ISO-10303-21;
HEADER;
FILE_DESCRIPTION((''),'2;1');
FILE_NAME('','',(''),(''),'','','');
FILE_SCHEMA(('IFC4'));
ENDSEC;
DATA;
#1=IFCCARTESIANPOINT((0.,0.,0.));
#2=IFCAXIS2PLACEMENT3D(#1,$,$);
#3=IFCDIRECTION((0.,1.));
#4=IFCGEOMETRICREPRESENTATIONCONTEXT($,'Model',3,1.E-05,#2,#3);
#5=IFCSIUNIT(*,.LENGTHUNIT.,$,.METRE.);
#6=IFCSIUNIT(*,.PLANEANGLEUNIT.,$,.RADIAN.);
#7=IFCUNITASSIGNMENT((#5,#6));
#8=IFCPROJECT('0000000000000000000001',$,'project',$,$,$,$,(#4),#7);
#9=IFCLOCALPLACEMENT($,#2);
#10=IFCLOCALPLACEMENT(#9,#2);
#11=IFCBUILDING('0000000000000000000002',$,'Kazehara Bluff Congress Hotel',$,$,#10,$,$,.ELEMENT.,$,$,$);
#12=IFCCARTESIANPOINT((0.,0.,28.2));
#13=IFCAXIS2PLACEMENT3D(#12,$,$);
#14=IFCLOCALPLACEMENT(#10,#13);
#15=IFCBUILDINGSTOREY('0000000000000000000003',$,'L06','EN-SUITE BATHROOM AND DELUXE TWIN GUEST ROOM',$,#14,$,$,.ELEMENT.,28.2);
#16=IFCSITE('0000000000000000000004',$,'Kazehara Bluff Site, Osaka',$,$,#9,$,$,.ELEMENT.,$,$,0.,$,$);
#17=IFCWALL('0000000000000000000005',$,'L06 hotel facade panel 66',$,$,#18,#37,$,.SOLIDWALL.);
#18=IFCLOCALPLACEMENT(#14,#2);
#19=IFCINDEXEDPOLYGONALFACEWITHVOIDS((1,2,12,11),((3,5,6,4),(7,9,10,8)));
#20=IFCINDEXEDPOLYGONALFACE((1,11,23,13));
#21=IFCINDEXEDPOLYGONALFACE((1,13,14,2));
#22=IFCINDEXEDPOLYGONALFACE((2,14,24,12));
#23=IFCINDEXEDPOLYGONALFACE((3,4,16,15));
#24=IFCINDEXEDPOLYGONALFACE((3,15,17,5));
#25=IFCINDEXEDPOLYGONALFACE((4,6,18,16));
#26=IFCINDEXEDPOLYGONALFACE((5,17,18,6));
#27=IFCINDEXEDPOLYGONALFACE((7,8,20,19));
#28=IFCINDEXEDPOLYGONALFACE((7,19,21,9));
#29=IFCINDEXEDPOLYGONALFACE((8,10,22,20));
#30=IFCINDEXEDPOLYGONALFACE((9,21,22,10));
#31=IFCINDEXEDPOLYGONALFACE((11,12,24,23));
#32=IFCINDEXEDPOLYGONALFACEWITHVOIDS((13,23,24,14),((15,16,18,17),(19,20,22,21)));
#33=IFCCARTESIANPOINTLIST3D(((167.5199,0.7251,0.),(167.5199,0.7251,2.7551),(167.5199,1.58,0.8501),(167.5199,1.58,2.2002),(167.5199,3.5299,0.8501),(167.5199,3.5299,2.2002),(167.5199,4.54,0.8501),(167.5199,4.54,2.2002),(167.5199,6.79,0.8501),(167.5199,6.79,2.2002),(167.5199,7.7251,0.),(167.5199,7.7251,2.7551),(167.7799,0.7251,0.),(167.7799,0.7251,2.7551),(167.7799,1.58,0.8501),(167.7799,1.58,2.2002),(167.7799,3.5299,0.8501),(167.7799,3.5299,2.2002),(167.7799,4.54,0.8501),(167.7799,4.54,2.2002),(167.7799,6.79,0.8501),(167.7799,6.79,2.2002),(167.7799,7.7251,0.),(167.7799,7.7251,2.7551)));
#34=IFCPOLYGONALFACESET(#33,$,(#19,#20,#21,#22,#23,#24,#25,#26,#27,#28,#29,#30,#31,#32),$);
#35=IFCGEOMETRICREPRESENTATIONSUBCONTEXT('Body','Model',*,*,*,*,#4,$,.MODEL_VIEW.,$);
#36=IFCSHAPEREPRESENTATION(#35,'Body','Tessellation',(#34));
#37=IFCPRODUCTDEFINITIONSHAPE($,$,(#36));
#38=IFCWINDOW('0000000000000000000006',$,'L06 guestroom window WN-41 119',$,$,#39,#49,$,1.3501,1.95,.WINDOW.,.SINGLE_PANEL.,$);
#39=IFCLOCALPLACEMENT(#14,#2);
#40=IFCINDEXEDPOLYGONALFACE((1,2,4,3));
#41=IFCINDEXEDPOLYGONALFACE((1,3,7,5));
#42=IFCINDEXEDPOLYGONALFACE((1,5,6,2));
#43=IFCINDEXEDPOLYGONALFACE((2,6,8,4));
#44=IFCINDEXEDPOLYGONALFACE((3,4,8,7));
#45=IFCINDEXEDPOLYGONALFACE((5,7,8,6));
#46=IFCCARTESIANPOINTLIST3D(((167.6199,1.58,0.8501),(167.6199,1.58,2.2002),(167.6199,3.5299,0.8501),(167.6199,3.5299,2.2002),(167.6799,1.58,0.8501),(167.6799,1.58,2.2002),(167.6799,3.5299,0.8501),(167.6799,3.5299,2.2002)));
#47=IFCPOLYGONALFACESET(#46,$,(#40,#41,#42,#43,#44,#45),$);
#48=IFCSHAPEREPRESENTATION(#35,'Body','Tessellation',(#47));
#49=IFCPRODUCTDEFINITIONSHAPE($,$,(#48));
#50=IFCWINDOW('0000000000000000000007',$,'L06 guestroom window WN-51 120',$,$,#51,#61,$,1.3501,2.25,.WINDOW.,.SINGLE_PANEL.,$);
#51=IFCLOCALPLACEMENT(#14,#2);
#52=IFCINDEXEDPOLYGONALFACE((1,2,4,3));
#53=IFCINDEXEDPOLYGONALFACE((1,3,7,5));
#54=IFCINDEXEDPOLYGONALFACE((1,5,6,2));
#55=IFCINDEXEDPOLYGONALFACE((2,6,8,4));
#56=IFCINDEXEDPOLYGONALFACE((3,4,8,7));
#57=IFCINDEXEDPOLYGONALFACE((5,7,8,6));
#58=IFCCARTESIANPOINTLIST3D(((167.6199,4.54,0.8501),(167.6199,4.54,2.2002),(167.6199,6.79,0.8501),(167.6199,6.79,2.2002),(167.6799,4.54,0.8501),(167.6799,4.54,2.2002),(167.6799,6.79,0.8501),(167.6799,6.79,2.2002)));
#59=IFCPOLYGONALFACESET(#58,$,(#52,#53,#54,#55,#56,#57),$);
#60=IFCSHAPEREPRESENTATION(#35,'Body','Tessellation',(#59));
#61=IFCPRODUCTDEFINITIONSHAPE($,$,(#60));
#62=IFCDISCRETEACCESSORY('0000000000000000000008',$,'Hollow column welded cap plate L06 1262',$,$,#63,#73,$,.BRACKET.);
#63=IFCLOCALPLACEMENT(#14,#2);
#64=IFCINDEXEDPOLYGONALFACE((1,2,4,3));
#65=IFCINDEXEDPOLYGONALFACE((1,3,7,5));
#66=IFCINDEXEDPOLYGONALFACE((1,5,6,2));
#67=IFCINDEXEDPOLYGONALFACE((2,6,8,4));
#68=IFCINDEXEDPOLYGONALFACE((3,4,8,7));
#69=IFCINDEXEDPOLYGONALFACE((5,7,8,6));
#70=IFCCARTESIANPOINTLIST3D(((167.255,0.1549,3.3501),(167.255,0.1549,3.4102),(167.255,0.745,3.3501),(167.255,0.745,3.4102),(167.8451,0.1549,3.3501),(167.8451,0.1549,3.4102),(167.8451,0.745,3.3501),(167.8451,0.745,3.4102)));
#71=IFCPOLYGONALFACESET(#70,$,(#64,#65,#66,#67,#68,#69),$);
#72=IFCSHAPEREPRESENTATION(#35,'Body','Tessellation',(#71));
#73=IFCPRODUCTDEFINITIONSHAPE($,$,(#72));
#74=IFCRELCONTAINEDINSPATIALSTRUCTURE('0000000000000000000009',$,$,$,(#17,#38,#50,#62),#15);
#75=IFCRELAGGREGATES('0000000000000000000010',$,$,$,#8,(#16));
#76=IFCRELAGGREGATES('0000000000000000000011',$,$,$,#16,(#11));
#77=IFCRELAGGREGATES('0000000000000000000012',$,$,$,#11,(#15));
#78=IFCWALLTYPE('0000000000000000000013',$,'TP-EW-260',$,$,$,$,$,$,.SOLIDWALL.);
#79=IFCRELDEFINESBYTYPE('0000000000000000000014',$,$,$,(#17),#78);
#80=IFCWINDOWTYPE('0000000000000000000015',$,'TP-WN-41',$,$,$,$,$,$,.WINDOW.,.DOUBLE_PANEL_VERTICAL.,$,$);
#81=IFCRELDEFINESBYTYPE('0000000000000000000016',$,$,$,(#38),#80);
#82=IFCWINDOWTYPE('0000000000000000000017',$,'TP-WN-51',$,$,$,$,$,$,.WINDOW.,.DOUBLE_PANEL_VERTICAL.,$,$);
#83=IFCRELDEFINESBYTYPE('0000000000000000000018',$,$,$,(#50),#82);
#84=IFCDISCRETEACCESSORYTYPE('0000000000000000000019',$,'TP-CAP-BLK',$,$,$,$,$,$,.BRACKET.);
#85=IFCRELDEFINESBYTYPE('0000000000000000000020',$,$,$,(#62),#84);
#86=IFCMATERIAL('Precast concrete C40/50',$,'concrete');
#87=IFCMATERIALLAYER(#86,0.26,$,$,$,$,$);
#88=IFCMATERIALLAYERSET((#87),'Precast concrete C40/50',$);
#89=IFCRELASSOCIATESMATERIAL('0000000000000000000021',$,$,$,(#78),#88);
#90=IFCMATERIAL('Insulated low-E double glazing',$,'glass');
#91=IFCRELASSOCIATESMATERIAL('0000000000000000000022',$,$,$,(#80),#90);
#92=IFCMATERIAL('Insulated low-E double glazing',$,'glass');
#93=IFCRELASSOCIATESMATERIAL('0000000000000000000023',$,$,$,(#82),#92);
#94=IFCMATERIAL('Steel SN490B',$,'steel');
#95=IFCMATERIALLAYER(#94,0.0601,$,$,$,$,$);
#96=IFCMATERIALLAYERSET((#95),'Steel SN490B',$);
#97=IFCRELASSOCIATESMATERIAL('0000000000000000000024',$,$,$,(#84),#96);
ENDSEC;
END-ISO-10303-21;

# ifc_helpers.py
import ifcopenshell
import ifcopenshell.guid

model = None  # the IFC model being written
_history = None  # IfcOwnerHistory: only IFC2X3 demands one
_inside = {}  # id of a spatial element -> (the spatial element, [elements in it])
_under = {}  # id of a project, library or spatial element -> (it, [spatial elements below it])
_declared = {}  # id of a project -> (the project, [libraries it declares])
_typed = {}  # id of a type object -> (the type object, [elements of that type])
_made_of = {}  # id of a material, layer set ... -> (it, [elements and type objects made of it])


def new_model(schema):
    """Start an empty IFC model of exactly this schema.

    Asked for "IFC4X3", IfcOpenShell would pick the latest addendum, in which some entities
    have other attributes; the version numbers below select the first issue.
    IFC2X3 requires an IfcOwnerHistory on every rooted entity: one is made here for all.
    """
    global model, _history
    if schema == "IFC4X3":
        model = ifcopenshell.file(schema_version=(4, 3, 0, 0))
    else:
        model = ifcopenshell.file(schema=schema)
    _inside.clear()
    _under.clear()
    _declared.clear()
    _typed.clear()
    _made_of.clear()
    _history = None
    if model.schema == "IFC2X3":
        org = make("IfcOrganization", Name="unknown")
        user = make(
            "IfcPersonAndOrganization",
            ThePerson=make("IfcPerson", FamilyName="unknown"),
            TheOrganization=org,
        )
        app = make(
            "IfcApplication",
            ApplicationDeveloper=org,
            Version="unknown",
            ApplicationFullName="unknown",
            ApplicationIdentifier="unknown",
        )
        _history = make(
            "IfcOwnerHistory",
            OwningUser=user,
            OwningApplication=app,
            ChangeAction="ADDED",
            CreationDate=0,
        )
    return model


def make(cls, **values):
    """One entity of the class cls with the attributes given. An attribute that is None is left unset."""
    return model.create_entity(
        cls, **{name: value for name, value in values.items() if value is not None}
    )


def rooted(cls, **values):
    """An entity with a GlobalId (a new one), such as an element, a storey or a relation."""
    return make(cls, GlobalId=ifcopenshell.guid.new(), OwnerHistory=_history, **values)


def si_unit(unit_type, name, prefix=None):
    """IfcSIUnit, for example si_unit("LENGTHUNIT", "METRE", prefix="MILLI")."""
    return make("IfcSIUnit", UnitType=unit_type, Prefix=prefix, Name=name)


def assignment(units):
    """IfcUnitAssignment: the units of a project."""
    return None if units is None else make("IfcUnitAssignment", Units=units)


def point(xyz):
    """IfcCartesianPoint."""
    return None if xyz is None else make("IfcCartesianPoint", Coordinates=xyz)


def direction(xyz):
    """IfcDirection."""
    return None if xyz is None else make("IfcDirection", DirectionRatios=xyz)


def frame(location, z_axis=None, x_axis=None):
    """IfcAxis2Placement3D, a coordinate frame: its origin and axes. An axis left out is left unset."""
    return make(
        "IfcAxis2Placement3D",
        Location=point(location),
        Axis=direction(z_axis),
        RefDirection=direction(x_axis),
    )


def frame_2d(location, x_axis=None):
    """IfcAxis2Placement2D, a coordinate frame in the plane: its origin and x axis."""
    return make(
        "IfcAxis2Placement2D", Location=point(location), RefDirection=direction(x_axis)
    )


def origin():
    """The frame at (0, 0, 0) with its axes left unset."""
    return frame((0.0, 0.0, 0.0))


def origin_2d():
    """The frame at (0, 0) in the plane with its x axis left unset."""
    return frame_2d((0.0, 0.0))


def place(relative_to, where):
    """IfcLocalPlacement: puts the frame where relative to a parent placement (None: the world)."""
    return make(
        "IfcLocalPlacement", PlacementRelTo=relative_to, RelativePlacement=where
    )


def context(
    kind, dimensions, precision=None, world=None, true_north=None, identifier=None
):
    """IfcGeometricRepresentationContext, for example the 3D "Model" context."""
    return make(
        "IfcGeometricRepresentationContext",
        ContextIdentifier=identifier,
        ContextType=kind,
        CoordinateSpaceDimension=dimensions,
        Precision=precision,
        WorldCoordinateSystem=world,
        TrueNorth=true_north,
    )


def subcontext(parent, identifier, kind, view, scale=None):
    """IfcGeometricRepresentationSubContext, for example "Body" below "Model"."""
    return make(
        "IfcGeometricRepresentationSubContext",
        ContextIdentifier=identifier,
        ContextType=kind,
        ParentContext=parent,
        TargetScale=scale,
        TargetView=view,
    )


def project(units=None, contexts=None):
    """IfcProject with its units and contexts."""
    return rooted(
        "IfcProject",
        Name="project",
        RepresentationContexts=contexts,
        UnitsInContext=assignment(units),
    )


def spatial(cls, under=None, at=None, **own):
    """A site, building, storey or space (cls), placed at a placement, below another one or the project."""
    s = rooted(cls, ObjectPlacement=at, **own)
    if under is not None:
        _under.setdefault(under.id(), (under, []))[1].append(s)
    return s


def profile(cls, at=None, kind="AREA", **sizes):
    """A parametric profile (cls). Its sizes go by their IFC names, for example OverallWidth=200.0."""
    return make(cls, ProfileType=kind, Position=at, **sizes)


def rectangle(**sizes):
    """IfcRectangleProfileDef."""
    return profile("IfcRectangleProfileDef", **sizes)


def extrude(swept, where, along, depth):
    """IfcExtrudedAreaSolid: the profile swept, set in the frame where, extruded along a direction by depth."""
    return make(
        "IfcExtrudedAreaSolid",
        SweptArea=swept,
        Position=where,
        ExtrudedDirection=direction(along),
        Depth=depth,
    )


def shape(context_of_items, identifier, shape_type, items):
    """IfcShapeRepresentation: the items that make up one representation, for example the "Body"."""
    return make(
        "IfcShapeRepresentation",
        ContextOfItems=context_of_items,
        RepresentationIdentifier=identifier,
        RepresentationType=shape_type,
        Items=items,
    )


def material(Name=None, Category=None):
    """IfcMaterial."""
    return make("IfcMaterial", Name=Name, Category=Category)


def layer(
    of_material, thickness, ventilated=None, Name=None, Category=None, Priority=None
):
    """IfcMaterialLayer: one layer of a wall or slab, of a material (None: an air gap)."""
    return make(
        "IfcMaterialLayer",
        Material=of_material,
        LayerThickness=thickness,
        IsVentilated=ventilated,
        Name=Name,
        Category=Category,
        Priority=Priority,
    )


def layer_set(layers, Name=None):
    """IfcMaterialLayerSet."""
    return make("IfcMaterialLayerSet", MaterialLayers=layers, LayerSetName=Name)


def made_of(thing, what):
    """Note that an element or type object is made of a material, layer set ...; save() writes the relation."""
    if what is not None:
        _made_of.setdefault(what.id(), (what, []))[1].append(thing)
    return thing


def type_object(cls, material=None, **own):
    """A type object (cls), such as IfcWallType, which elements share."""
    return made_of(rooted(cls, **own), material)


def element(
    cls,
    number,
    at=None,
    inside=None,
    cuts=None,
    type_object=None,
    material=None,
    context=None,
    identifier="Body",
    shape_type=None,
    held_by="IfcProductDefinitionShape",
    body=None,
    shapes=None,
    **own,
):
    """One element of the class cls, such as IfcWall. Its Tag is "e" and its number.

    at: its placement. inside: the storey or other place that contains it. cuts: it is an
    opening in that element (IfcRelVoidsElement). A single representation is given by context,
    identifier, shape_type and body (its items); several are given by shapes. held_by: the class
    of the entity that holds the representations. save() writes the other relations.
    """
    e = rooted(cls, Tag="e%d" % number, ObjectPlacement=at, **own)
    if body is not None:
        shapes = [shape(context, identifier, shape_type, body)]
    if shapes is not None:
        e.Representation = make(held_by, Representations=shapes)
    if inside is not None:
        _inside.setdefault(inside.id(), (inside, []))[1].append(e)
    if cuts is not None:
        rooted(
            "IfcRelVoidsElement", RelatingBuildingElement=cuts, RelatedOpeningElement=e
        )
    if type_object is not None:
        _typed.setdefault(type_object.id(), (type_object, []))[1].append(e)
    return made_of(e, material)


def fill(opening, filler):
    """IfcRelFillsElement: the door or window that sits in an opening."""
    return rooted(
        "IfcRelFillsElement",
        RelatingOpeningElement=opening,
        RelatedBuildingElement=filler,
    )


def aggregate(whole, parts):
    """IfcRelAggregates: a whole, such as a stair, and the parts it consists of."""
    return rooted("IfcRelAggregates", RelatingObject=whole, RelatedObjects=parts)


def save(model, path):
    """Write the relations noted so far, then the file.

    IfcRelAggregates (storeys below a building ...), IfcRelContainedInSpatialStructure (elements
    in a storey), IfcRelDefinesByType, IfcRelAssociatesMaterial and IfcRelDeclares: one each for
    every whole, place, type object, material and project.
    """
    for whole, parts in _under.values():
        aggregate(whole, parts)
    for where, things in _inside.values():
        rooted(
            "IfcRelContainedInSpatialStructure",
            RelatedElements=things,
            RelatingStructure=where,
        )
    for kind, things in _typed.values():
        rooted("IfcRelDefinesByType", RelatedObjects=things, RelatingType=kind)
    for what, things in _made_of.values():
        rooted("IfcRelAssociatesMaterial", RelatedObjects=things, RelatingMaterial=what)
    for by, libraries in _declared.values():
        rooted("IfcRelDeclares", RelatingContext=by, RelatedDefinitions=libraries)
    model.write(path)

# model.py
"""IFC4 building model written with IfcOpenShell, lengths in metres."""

from ifc_helpers import new_model, si_unit, direction, frame, frame_2d, origin, origin_2d, place, context, subcontext, project, spatial, rectangle, extrude, material, layer, layer_set, type_object, element, fill, save


model = new_model("IFC4")

# Units and contexts
model_context = context("Model", 3, precision=1e-05, world=origin(), true_north=direction((0.0, 1.0)))
body_context = subcontext(model_context, "Body", "Model", "MODEL_VIEW")
ifc_project = project(units=[si_unit("LENGTHUNIT", "METRE"), si_unit("PLANEANGLEUNIT", "RADIAN")], contexts=[model_context])

# Site, building, storey
site_placement = place(None, origin())
site = spatial("IfcSite", under=ifc_project, at=site_placement, Name="Kazehara Bluff Site, Osaka", CompositionType="ELEMENT", RefElevation=0.0)
building_placement = place(site_placement, origin())
building = spatial("IfcBuilding", under=site, at=building_placement, Name="Kazehara Bluff Congress Hotel", CompositionType="ELEMENT")
storey_placement = place(building_placement, frame((0.0, 0.0, 28.2)))
storey = spatial("IfcBuildingStorey", under=building, at=storey_placement, Name="L06", Description="EN-SUITE BATHROOM AND DELUXE TWIN GUEST ROOM", CompositionType="ELEMENT", Elevation=28.2)

# Wall, openings, windows
ifc_material_1 = material(Name="Precast concrete C40/50", Category="concrete")
ifc_layer_1 = layer(ifc_material_1, 0.26)
ifc_layer_set_1 = layer_set([ifc_layer_1], Name="Precast concrete C40/50")
wall_type = type_object("IfcWallType", Name="TP-EW-260", PredefinedType="SOLIDWALL", material=ifc_layer_set_1)
wall_placement = place(storey_placement, frame((167.6499, 7.7251, 0.0), z_axis=(0.0, 0.0, 1.0), x_axis=(0.0, -1.0, 0.0)))
wall = element("IfcWall", 1, at=wall_placement, inside=storey, type_object=wall_type, Name="L06 hotel facade panel 66", PredefinedType="SOLIDWALL", context=body_context, shape_type="SweptSolid", body=[
    extrude(rectangle(XDim=7.0, YDim=0.26, at=frame_2d((3.5, 0.0))), origin(), (0.0, 0.0, 1.0), 2.7551),
])
opening_1_placement = place(wall_placement, frame((4.1951, 0.0, 0.8501)))
opening_1 = element("IfcOpeningElement", 2, at=opening_1_placement, cuts=wall, PredefinedType="OPENING", context=body_context, shape_type="SweptSolid", body=[
    extrude(rectangle(XDim=1.95, YDim=1.3501, at=frame_2d((0.9751, 0.675))), frame((0.0, 0.1399, 0.0), z_axis=(0.0, -1.0, 0.0), x_axis=(1.0, 0.0, 0.0)), (0.0, 0.0, 1.0), 0.28),
])
opening_2_placement = place(wall_placement, frame((0.9351, 0.0, 0.8501)))
opening_2 = element("IfcOpeningElement", 3, at=opening_2_placement, cuts=wall, PredefinedType="OPENING", context=body_context, shape_type="SweptSolid", body=[
    extrude(rectangle(XDim=2.25, YDim=1.3501, at=frame_2d((1.125, 0.675))), frame((0.0, 0.1399, 0.0), z_axis=(0.0, -1.0, 0.0), x_axis=(1.0, 0.0, 0.0)), (0.0, 0.0, 1.0), 0.28),
])
ifc_material_2 = material(Name="Insulated low-E double glazing", Category="glass")
window_type_1 = type_object("IfcWindowType", Name="TP-WN-41", PartitioningType="DOUBLE_PANEL_VERTICAL", PredefinedType="WINDOW", material=ifc_material_2)
window_1_placement = place(opening_1_placement, origin())
window_1 = element("IfcWindow", 4, at=window_1_placement, inside=storey, type_object=window_type_1, Name="L06 guestroom window WN-41 119", OverallHeight=1.3501, OverallWidth=1.95, PartitioningType="SINGLE_PANEL", PredefinedType="WINDOW", context=body_context, shape_type="SweptSolid", body=[
    extrude(rectangle(XDim=1.95, YDim=1.3501, at=frame_2d((0.9751, 0.675))), frame((0.0, 0.03, 0.0), z_axis=(0.0, -1.0, 0.0), x_axis=(1.0, 0.0, 0.0)), (0.0, 0.0, 1.0), 0.0601),
])
fill(opening_1, window_1)
ifc_material_3 = material(Name="Insulated low-E double glazing", Category="glass")
window_type_2 = type_object("IfcWindowType", Name="TP-WN-51", PartitioningType="DOUBLE_PANEL_VERTICAL", PredefinedType="WINDOW", material=ifc_material_3)
window_2_placement = place(opening_2_placement, origin())
window_2 = element("IfcWindow", 5, at=window_2_placement, inside=storey, type_object=window_type_2, Name="L06 guestroom window WN-51 120", OverallHeight=1.3501, OverallWidth=2.25, PartitioningType="SINGLE_PANEL", PredefinedType="WINDOW", context=body_context, shape_type="SweptSolid", body=[
    extrude(rectangle(XDim=2.25, YDim=1.3501, at=frame_2d((1.125, 0.675))), frame((0.0, 0.03, 0.0), z_axis=(0.0, -1.0, 0.0), x_axis=(1.0, 0.0, 0.0)), (0.0, 0.0, 1.0), 0.0601),
])
fill(opening_2, window_2)

# Discrete accessory
ifc_material_4 = material(Name="Steel SN490B", Category="steel")
ifc_layer_2 = layer(ifc_material_4, 0.0601)
ifc_layer_set_2 = layer_set([ifc_layer_2], Name="Steel SN490B")
discrete_accessory_type = type_object("IfcDiscreteAccessoryType", Name="TP-CAP-BLK", PredefinedType="BRACKET", material=ifc_layer_set_2)
discrete_accessory_placement = place(storey_placement, frame((167.55, 0.45, 3.3501), z_axis=(0.0, 0.0, 1.0), x_axis=(1.0, 0.0, 0.0)))
element("IfcDiscreteAccessory", 6, at=discrete_accessory_placement, inside=storey, type_object=discrete_accessory_type, Name="Hollow column welded cap plate L06 1262", PredefinedType="BRACKET", context=body_context, shape_type="SweptSolid", body=[
    extrude(rectangle(XDim=0.5901, YDim=0.5901, at=origin_2d()), origin(), (0.0, 0.0, 1.0), 0.0601),
])

save(model, "model.ifc")
